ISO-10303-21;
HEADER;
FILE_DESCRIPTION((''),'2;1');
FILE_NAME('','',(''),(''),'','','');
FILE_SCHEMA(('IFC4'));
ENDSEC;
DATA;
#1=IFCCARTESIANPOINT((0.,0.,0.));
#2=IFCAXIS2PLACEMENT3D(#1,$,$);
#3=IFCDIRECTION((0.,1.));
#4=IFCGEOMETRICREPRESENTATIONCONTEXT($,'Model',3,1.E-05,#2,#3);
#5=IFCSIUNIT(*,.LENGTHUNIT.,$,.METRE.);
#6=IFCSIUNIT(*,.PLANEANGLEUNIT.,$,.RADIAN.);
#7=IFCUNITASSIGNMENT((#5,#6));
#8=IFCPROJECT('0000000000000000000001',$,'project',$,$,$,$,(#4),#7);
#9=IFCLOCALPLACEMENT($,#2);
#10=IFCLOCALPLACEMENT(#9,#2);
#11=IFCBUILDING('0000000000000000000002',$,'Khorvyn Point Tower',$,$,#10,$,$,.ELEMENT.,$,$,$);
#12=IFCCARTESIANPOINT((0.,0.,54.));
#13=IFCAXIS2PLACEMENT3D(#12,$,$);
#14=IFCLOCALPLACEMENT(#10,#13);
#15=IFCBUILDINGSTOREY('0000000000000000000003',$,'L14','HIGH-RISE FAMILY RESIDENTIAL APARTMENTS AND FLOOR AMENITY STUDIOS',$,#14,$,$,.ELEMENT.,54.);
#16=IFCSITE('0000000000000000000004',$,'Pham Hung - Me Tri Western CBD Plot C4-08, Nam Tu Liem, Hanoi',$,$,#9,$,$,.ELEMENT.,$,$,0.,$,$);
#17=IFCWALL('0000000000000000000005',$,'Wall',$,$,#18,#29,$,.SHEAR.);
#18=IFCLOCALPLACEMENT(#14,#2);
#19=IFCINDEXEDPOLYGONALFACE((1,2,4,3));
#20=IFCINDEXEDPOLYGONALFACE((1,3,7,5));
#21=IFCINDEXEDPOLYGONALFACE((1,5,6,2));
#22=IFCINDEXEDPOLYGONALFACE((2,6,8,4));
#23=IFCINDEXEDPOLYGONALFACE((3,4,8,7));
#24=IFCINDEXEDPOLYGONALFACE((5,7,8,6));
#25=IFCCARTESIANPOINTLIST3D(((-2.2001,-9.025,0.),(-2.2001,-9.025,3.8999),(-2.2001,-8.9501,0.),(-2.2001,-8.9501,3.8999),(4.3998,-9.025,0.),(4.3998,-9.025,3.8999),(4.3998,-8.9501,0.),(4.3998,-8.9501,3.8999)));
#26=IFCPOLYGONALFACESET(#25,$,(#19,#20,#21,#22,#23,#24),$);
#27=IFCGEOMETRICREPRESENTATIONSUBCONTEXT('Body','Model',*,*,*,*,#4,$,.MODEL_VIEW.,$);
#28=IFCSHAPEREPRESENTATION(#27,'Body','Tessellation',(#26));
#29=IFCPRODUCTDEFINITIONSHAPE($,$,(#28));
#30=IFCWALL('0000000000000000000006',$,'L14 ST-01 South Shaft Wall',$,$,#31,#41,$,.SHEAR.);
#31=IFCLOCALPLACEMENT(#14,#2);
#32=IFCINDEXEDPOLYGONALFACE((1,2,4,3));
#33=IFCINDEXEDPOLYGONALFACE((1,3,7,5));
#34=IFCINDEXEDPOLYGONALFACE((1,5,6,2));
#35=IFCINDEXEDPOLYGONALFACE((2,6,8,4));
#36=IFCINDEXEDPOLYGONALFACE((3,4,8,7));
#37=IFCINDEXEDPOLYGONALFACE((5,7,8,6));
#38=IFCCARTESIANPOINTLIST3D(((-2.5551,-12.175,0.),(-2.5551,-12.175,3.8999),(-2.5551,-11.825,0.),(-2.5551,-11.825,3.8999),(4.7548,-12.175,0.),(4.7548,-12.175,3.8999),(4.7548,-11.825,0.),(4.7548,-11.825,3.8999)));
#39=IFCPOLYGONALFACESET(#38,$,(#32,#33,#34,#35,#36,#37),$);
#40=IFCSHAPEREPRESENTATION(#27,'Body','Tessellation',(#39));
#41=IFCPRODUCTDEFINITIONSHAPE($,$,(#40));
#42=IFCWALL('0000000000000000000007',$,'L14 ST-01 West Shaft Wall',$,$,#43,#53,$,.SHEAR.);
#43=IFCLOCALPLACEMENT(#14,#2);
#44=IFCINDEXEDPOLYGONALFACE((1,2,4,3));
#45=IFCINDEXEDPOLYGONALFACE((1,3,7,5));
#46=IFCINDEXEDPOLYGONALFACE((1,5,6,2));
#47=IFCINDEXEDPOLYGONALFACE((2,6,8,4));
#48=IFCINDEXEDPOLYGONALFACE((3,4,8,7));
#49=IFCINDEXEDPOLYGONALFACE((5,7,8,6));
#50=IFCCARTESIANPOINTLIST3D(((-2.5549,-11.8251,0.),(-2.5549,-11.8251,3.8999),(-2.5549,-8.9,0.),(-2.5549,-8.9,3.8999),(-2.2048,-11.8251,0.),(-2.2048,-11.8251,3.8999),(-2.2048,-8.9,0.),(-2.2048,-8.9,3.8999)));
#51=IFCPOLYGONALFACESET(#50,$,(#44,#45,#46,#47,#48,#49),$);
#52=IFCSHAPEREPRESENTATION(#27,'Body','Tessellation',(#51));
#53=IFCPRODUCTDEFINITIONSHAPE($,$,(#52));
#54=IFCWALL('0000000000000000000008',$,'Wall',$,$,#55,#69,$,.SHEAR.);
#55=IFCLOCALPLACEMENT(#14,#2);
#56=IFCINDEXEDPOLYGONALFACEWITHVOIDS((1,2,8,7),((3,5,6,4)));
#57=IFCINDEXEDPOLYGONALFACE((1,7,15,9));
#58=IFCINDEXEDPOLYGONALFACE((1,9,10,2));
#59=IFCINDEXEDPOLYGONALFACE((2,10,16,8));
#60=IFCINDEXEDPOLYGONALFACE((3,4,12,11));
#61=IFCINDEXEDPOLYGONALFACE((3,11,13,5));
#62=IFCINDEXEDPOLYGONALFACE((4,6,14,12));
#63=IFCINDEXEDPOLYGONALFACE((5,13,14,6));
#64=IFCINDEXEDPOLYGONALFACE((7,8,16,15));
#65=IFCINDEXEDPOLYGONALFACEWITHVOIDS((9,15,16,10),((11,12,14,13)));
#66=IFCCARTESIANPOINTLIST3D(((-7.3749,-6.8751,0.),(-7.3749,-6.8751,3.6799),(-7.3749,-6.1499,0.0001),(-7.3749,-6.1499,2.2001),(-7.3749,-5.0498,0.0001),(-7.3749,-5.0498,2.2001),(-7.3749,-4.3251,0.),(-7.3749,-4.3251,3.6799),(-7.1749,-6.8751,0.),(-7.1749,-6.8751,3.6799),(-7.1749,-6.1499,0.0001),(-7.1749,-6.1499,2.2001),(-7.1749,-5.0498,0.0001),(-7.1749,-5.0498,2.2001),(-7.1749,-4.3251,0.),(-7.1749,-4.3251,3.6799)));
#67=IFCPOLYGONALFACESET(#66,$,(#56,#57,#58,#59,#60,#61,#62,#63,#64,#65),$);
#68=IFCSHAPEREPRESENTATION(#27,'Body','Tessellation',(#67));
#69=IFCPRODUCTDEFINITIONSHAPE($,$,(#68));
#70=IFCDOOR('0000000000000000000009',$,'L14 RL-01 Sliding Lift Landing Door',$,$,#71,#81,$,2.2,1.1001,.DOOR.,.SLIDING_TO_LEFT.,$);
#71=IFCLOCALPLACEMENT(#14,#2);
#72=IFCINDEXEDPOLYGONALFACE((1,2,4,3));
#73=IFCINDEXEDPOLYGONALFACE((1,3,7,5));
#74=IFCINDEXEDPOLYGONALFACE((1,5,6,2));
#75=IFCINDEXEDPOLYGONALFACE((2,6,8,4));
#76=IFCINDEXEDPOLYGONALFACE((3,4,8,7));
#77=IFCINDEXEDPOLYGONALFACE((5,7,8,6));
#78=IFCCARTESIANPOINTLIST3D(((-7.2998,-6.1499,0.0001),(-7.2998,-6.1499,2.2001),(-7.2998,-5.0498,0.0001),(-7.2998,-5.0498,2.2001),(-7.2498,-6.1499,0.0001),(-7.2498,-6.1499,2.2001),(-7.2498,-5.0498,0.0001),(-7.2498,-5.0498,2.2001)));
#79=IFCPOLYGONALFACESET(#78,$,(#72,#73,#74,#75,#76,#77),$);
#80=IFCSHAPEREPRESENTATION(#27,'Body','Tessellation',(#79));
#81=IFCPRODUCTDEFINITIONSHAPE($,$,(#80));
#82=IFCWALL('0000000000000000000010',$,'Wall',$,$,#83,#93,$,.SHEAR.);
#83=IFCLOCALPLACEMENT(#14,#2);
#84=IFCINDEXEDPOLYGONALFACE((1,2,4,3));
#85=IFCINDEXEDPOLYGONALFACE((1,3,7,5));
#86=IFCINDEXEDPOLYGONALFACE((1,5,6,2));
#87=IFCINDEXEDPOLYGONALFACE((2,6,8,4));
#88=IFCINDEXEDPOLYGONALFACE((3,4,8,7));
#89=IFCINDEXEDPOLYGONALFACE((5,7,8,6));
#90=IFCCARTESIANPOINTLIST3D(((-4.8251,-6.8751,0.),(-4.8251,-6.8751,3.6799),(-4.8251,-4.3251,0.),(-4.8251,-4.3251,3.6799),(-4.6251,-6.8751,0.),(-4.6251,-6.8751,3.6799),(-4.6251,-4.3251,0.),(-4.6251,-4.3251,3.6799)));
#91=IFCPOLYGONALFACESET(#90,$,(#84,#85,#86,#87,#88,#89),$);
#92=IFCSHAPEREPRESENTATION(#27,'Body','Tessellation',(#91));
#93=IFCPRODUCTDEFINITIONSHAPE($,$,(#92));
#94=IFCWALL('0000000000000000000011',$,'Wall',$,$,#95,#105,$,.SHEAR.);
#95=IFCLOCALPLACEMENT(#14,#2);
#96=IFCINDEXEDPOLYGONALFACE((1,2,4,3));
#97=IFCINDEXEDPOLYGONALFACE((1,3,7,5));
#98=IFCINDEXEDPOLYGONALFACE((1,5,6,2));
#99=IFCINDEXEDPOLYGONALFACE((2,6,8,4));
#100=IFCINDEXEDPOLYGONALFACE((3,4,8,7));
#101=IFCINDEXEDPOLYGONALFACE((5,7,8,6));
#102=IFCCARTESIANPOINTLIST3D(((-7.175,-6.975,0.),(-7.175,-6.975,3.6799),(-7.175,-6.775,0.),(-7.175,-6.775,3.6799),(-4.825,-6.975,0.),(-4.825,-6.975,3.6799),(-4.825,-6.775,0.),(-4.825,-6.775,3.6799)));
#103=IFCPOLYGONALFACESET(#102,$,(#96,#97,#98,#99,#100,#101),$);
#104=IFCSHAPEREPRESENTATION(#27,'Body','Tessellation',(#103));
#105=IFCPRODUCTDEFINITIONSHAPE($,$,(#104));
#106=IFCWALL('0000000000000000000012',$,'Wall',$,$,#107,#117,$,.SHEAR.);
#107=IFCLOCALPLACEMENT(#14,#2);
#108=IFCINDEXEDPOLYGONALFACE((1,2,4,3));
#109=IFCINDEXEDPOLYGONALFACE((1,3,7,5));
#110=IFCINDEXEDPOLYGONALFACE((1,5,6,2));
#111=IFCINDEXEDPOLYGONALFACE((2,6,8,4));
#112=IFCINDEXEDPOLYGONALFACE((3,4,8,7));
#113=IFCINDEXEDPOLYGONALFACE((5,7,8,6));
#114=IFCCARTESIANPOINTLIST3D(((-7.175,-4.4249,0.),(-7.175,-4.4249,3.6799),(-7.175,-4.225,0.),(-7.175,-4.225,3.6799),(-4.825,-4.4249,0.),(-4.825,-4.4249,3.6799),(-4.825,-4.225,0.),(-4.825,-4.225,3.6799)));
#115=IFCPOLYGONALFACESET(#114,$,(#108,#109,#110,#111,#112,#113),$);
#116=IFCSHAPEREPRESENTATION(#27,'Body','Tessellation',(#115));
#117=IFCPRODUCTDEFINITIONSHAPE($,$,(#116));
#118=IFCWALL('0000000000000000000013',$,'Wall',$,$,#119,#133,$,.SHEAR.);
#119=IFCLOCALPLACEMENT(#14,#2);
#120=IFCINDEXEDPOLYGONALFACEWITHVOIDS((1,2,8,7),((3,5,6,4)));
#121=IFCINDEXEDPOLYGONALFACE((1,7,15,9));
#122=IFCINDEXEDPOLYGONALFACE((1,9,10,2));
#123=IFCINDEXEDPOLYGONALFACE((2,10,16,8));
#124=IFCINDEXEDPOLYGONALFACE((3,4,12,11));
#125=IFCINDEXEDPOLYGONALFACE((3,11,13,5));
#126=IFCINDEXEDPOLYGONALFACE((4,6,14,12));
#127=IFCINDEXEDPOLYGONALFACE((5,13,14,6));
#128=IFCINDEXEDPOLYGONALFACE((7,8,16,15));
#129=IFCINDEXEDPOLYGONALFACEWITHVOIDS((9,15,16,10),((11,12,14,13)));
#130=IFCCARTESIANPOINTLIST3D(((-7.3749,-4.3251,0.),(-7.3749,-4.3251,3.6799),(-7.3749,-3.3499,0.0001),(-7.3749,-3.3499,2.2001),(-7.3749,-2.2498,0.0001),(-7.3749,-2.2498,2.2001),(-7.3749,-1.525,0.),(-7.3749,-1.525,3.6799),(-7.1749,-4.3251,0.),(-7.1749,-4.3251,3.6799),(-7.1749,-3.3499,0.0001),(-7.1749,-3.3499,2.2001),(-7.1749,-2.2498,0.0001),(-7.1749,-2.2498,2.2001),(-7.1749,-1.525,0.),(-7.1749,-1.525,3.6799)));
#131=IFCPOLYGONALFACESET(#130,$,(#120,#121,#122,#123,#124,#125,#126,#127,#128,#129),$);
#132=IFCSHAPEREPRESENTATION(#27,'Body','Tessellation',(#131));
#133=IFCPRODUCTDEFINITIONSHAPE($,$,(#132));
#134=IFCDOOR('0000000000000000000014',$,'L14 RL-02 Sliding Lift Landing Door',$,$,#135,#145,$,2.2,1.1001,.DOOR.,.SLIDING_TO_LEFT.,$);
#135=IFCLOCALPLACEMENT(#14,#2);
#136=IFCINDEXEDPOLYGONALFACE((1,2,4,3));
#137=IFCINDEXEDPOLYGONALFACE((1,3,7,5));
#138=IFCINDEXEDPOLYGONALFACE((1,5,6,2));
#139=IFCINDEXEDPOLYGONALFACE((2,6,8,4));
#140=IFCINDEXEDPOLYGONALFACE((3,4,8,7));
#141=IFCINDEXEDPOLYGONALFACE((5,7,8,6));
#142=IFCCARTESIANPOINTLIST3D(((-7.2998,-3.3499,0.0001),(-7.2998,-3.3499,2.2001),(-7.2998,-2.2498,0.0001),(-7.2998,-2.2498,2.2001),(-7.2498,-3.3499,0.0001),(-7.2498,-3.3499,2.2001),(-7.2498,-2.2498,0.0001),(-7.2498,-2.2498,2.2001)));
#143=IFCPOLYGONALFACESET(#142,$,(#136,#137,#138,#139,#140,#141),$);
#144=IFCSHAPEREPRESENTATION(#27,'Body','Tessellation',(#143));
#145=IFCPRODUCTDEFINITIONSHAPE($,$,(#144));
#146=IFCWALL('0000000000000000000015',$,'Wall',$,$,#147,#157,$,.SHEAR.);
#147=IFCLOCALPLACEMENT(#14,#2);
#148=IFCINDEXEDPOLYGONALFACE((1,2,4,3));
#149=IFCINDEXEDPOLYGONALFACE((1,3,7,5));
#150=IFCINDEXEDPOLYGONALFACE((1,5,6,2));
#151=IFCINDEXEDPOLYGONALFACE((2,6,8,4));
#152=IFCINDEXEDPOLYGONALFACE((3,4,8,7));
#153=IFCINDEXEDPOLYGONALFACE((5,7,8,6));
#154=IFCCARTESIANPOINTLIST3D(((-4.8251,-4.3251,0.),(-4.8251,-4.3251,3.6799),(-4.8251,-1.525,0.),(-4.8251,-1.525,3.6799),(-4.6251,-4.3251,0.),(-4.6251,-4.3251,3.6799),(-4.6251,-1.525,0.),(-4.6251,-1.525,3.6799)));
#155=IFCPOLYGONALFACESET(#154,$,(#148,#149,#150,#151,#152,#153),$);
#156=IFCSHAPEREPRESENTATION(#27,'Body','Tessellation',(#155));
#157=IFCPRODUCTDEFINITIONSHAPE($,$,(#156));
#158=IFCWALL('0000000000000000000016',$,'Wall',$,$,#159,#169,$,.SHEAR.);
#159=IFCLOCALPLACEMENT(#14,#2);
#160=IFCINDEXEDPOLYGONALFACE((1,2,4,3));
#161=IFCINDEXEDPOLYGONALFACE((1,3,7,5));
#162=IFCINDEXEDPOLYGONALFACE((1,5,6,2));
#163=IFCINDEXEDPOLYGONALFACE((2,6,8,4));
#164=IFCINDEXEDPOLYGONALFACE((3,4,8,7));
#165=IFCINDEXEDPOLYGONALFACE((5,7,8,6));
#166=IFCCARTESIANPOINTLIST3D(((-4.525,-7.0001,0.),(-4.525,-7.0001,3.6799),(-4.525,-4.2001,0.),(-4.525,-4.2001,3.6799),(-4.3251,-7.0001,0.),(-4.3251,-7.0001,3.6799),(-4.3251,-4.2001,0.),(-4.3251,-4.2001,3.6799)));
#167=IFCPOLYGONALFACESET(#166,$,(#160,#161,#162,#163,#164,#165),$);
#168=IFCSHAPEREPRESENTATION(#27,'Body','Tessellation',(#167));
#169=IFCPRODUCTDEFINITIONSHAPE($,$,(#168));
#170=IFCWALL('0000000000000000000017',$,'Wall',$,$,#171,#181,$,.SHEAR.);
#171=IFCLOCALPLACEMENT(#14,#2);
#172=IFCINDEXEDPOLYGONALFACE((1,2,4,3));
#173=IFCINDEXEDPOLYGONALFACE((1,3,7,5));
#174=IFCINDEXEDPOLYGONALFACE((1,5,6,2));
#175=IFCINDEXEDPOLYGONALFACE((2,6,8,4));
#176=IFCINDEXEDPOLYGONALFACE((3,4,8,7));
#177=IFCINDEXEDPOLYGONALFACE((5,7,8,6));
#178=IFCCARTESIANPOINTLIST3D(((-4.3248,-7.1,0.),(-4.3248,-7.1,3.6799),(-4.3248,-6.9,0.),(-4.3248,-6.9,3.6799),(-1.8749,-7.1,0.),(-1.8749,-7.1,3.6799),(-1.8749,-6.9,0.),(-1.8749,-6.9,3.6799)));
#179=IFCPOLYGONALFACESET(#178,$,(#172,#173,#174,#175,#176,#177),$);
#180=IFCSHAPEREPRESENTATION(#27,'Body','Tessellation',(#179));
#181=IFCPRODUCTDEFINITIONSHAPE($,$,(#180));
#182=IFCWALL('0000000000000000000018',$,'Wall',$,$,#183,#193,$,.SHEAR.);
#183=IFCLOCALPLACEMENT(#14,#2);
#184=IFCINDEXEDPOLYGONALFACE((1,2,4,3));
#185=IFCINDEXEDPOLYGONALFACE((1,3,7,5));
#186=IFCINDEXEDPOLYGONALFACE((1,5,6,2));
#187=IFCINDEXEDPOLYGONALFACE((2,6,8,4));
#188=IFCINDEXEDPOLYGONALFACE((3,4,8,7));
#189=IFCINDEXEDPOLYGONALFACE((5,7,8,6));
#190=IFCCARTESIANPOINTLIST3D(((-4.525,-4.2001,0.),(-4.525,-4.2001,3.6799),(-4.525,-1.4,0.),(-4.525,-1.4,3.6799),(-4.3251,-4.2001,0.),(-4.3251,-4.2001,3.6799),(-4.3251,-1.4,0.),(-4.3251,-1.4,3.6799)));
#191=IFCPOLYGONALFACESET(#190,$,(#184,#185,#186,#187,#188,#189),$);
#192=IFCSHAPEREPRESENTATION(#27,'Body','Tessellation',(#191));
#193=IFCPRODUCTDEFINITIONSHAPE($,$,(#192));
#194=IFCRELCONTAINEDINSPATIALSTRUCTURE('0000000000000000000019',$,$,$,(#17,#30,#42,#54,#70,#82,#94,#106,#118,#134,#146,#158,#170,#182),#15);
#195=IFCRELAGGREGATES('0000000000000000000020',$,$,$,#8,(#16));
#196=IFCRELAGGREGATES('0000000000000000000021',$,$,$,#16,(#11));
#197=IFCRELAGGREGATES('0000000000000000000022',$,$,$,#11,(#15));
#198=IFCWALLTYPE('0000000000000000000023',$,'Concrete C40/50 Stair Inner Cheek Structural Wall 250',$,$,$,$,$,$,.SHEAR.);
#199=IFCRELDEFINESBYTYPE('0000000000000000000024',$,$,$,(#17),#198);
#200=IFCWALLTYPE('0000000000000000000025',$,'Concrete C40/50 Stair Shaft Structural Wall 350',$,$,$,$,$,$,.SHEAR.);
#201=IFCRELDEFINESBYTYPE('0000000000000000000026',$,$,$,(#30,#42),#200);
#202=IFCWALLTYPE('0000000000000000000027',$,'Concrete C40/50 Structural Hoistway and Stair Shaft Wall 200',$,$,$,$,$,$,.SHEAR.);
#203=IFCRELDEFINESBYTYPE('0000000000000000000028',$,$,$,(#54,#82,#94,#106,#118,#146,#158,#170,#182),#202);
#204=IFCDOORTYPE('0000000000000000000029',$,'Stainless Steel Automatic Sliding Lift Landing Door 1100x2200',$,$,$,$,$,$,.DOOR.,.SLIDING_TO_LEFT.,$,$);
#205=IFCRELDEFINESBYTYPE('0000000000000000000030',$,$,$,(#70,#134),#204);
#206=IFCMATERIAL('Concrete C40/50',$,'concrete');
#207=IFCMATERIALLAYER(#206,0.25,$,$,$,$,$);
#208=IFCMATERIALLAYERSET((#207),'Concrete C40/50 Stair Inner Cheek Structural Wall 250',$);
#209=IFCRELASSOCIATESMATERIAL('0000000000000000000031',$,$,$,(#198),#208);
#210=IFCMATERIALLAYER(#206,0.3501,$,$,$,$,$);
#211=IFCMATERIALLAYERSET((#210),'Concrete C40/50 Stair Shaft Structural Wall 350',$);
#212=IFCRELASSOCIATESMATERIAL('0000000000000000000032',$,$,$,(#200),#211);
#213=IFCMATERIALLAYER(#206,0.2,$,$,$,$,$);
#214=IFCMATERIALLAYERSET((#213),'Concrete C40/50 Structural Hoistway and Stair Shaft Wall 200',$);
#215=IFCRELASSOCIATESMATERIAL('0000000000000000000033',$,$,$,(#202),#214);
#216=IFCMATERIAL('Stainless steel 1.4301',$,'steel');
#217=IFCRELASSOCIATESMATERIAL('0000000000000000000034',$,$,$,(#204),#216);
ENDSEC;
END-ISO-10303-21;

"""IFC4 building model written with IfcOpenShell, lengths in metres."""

from ifc_helpers import new_model, si_unit, direction, frame, frame_2d, origin, place, context, subcontext, project, spatial, rectangle, extrude, material, layer, layer_set, type_object, element, fill, save


model = new_model("IFC4")

# Units and contexts
model_context = context("Model", 3, precision=1e-05, world=origin(), true_north=direction((0.0, 1.0)))
body_context = subcontext(model_context, "Body", "Model", "MODEL_VIEW")
ifc_project = project(units=[si_unit("LENGTHUNIT", "METRE"), si_unit("PLANEANGLEUNIT", "RADIAN")], contexts=[model_context])

# Site, building, storey
site_placement = place(None, origin())
site = spatial("IfcSite", under=ifc_project, at=site_placement, Name="Pham Hung - Me Tri Western CBD Plot C4-08, Nam Tu Liem, Hanoi", CompositionType="ELEMENT", RefElevation=0.0)
building_placement = place(site_placement, origin())
building = spatial("IfcBuilding", under=site, at=building_placement, Name="Khorvyn Point Tower", CompositionType="ELEMENT")
storey_placement = place(building_placement, frame((0.0, 0.0, 54.0)))
storey = spatial("IfcBuildingStorey", under=building, at=storey_placement, Name="L14", Description="HIGH-RISE FAMILY RESIDENTIAL APARTMENTS AND FLOOR AMENITY STUDIOS", CompositionType="ELEMENT", Elevation=54.0)

# Shared definitions
ifc_material_1 = material(Name="Concrete C40/50", Category="concrete")

# Walls
ifc_layer_1 = layer(ifc_material_1, 0.25)
ifc_layer_set_1 = layer_set([ifc_layer_1], Name="Concrete C40/50 Stair Inner Cheek Structural Wall 250")
wall_type_1 = type_object("IfcWallType", Name="Concrete C40/50 Stair Inner Cheek Structural Wall 250", PredefinedType="SHEAR", material=ifc_layer_set_1)
wall_1_placement = place(storey_placement, frame((-2.2, -8.9875, 0.0), z_axis=(0.0, 0.0, 1.0), x_axis=(1.0, 0.0, 0.0)))
element("IfcWall", 1, at=wall_1_placement, inside=storey, type_object=wall_type_1, Name="Wall", PredefinedType="SHEAR", context=body_context, shape_type="SweptSolid", body=[
    extrude(rectangle(XDim=6.5999, YDim=0.075, at=frame_2d((3.2998, 0.0))), origin(), (0.0, 0.0, 1.0), 3.8999),
])
ifc_layer_2 = layer(ifc_material_1, 0.3501)
ifc_layer_set_2 = layer_set([ifc_layer_2], Name="Concrete C40/50 Stair Shaft Structural Wall 350")
wall_type_2 = type_object("IfcWallType", Name="Concrete C40/50 Stair Shaft Structural Wall 350", PredefinedType="SHEAR", material=ifc_layer_set_2)
wall_2_placement = place(storey_placement, frame((-2.5549, -12.0, 0.0), z_axis=(0.0, 0.0, 1.0), x_axis=(1.0, 0.0, 0.0)))
element("IfcWall", 2, at=wall_2_placement, inside=storey, type_object=wall_type_2, Name="L14 ST-01 South Shaft Wall", PredefinedType="SHEAR", context=body_context, shape_type="SweptSolid", body=[
    extrude(rectangle(XDim=7.3098, YDim=0.3501, at=frame_2d((3.6548, 0.0))), origin(), (0.0, 0.0, 1.0), 3.8999),
])
wall_3_placement = place(storey_placement, frame((-2.3799, -11.825, 0.0), z_axis=(0.0, 0.0, 1.0), x_axis=(0.0, 1.0, 0.0)))
element("IfcWall", 3, at=wall_3_placement, inside=storey, type_object=wall_type_2, Name="L14 ST-01 West Shaft Wall", PredefinedType="SHEAR", context=body_context, shape_type="SweptSolid", body=[
    extrude(rectangle(XDim=2.925, YDim=0.3501, at=frame_2d((1.4624, 0.0))), origin(), (0.0, 0.0, 1.0), 3.8999),
])

# Wall, opening, door
ifc_layer_3 = layer(ifc_material_1, 0.2)
ifc_layer_set_3 = layer_set([ifc_layer_3], Name="Concrete C40/50 Structural Hoistway and Stair Shaft Wall 200")
wall_type_3 = type_object("IfcWallType", Name="Concrete C40/50 Structural Hoistway and Stair Shaft Wall 200", PredefinedType="SHEAR", material=ifc_layer_set_3)
wall_4_placement = place(storey_placement, frame((-7.2749, -6.875, 0.0), z_axis=(0.0, 0.0, 1.0), x_axis=(0.0, 1.0, 0.0)))
wall_4 = element("IfcWall", 4, at=wall_4_placement, inside=storey, type_object=wall_type_3, Name="Wall", PredefinedType="SHEAR", context=body_context, shape_type="SweptSolid", body=[
    extrude(rectangle(XDim=2.55, YDim=0.2, at=frame_2d((1.2749, 0.0))), origin(), (0.0, 0.0, 1.0), 3.6799),
])
opening_1_placement = place(wall_4_placement, frame((0.7251, 0.0, 0.0)))
opening_1 = element("IfcOpeningElement", 5, at=opening_1_placement, cuts=wall_4, PredefinedType="OPENING", context=body_context, shape_type="SweptSolid", body=[
    extrude(rectangle(XDim=1.1001, YDim=2.2, at=frame_2d((0.55, 1.1001))), frame((0.0, 0.1099, 0.0), z_axis=(0.0, -1.0, 0.0), x_axis=(1.0, 0.0, 0.0)), (0.0, 0.0, 1.0), 0.22),
])
ifc_material_2 = material(Name="Stainless steel 1.4301", Category="steel")
door_type_1 = type_object("IfcDoorType", Name="Stainless Steel Automatic Sliding Lift Landing Door 1100x2200", OperationType="SLIDING_TO_LEFT", PredefinedType="DOOR", material=ifc_material_2)
door_1_placement = place(opening_1_placement, origin())
door_1 = element("IfcDoor", 6, at=door_1_placement, inside=storey, type_object=door_type_1, Name="L14 RL-01 Sliding Lift Landing Door", OperationType="SLIDING_TO_LEFT", OverallHeight=2.2, OverallWidth=1.1001, PredefinedType="DOOR", context=body_context, shape_type="SweptSolid", body=[
    extrude(rectangle(XDim=1.1001, YDim=2.2, at=frame_2d((0.55, 1.1001))), frame((0.0, 0.0249, 0.0), z_axis=(0.0, -1.0, 0.0), x_axis=(1.0, 0.0, 0.0)), (0.0, 0.0, 1.0), 0.05),
])
fill(opening_1, door_1)

# Walls
wall_5_placement = place(storey_placement, frame((-4.7251, -6.875, 0.0), z_axis=(0.0, 0.0, 1.0), x_axis=(0.0, 1.0, 0.0)))
element("IfcWall", 7, at=wall_5_placement, inside=storey, type_object=wall_type_3, Name="Wall", PredefinedType="SHEAR", context=body_context, shape_type="SweptSolid", body=[
    extrude(rectangle(XDim=2.55, YDim=0.2, at=frame_2d((1.2749, 0.0))), origin(), (0.0, 0.0, 1.0), 3.6799),
])
for number, where, z_axis, x_axis, name in (
    (8, (-7.175, -6.875, 0.0), (0.0, 0.0, 1.0), (1.0, 0.0, 0.0), "Wall"),
    (9, (-7.175, -4.325, 0.0), (0.0, 0.0, 1.0), (1.0, 0.0, 0.0), "Wall"),
):
    element("IfcWall", number, at=place(storey_placement, frame(where, z_axis=z_axis, x_axis=x_axis)), inside=storey, type_object=wall_type_3, Name=name, PredefinedType="SHEAR", context=body_context, shape_type="SweptSolid", body=[
        extrude(rectangle(XDim=2.3501, YDim=0.2, at=frame_2d((1.175, 0.0))), origin(), (0.0, 0.0, 1.0), 3.6799),
    ])

# Wall, opening, door
wall_6_placement = place(storey_placement, frame((-7.2749, -4.325, 0.0), z_axis=(0.0, 0.0, 1.0), x_axis=(0.0, 1.0, 0.0)))
wall_6 = element("IfcWall", 10, at=wall_6_placement, inside=storey, type_object=wall_type_3, Name="Wall", PredefinedType="SHEAR", context=body_context, shape_type="SweptSolid", body=[
    extrude(rectangle(XDim=2.8, YDim=0.2, at=frame_2d((1.3999, 0.0))), origin(), (0.0, 0.0, 1.0), 3.6799),
])
opening_2_placement = place(wall_6_placement, frame((0.9751, 0.0, 0.0)))
opening_2 = element("IfcOpeningElement", 11, at=opening_2_placement, cuts=wall_6, PredefinedType="OPENING", context=body_context, shape_type="SweptSolid", body=[
    extrude(rectangle(XDim=1.1001, YDim=2.2, at=frame_2d((0.55, 1.1001))), frame((0.0, 0.1099, 0.0), z_axis=(0.0, -1.0, 0.0), x_axis=(1.0, 0.0, 0.0)), (0.0, 0.0, 1.0), 0.22),
])
door_2_placement = place(opening_2_placement, origin())
door_2 = element("IfcDoor", 12, at=door_2_placement, inside=storey, type_object=door_type_1, Name="L14 RL-02 Sliding Lift Landing Door", OperationType="SLIDING_TO_LEFT", OverallHeight=2.2, OverallWidth=1.1001, PredefinedType="DOOR", context=body_context, shape_type="SweptSolid", body=[
    extrude(rectangle(XDim=1.1001, YDim=2.2, at=frame_2d((0.55, 1.1001))), frame((0.0, 0.0249, 0.0), z_axis=(0.0, -1.0, 0.0), x_axis=(1.0, 0.0, 0.0)), (0.0, 0.0, 1.0), 0.05),
])
fill(opening_2, door_2)

# Walls
for number, where, z_axis, x_axis, name in (
    (13, (-4.7251, -4.325, 0.0), (0.0, 0.0, 1.0), (0.0, 1.0, 0.0), "Wall"),
    (14, (-4.425, -7.0, 0.0), (0.0, 0.0, 1.0), (0.0, 1.0, 0.0), "Wall"),
):
    element("IfcWall", number, at=place(storey_placement, frame(where, z_axis=z_axis, x_axis=x_axis)), inside=storey, type_object=wall_type_3, Name=name, PredefinedType="SHEAR", context=body_context, shape_type="SweptSolid", body=[
        extrude(rectangle(XDim=2.8, YDim=0.2, at=frame_2d((1.3999, 0.0))), origin(), (0.0, 0.0, 1.0), 3.6799),
    ])
wall_7_placement = place(storey_placement, frame((-4.325, -7.0, 0.0), z_axis=(0.0, 0.0, 1.0), x_axis=(1.0, 0.0, 0.0)))
element("IfcWall", 15, at=wall_7_placement, inside=storey, type_object=wall_type_3, Name="Wall", PredefinedType="SHEAR", context=body_context, shape_type="SweptSolid", body=[
    extrude(rectangle(XDim=2.45, YDim=0.2, at=frame_2d((1.2251, 0.0))), origin(), (0.0, 0.0, 1.0), 3.6799),
])
wall_8_placement = place(storey_placement, frame((-4.425, -4.2, 0.0), z_axis=(0.0, 0.0, 1.0), x_axis=(0.0, 1.0, 0.0)))
element("IfcWall", 16, at=wall_8_placement, inside=storey, type_object=wall_type_3, Name="Wall", PredefinedType="SHEAR", context=body_context, shape_type="SweptSolid", body=[
    extrude(rectangle(XDim=2.8, YDim=0.2, at=frame_2d((1.3999, 0.0))), origin(), (0.0, 0.0, 1.0), 3.6799),
])

save(model, "model.ifc")
